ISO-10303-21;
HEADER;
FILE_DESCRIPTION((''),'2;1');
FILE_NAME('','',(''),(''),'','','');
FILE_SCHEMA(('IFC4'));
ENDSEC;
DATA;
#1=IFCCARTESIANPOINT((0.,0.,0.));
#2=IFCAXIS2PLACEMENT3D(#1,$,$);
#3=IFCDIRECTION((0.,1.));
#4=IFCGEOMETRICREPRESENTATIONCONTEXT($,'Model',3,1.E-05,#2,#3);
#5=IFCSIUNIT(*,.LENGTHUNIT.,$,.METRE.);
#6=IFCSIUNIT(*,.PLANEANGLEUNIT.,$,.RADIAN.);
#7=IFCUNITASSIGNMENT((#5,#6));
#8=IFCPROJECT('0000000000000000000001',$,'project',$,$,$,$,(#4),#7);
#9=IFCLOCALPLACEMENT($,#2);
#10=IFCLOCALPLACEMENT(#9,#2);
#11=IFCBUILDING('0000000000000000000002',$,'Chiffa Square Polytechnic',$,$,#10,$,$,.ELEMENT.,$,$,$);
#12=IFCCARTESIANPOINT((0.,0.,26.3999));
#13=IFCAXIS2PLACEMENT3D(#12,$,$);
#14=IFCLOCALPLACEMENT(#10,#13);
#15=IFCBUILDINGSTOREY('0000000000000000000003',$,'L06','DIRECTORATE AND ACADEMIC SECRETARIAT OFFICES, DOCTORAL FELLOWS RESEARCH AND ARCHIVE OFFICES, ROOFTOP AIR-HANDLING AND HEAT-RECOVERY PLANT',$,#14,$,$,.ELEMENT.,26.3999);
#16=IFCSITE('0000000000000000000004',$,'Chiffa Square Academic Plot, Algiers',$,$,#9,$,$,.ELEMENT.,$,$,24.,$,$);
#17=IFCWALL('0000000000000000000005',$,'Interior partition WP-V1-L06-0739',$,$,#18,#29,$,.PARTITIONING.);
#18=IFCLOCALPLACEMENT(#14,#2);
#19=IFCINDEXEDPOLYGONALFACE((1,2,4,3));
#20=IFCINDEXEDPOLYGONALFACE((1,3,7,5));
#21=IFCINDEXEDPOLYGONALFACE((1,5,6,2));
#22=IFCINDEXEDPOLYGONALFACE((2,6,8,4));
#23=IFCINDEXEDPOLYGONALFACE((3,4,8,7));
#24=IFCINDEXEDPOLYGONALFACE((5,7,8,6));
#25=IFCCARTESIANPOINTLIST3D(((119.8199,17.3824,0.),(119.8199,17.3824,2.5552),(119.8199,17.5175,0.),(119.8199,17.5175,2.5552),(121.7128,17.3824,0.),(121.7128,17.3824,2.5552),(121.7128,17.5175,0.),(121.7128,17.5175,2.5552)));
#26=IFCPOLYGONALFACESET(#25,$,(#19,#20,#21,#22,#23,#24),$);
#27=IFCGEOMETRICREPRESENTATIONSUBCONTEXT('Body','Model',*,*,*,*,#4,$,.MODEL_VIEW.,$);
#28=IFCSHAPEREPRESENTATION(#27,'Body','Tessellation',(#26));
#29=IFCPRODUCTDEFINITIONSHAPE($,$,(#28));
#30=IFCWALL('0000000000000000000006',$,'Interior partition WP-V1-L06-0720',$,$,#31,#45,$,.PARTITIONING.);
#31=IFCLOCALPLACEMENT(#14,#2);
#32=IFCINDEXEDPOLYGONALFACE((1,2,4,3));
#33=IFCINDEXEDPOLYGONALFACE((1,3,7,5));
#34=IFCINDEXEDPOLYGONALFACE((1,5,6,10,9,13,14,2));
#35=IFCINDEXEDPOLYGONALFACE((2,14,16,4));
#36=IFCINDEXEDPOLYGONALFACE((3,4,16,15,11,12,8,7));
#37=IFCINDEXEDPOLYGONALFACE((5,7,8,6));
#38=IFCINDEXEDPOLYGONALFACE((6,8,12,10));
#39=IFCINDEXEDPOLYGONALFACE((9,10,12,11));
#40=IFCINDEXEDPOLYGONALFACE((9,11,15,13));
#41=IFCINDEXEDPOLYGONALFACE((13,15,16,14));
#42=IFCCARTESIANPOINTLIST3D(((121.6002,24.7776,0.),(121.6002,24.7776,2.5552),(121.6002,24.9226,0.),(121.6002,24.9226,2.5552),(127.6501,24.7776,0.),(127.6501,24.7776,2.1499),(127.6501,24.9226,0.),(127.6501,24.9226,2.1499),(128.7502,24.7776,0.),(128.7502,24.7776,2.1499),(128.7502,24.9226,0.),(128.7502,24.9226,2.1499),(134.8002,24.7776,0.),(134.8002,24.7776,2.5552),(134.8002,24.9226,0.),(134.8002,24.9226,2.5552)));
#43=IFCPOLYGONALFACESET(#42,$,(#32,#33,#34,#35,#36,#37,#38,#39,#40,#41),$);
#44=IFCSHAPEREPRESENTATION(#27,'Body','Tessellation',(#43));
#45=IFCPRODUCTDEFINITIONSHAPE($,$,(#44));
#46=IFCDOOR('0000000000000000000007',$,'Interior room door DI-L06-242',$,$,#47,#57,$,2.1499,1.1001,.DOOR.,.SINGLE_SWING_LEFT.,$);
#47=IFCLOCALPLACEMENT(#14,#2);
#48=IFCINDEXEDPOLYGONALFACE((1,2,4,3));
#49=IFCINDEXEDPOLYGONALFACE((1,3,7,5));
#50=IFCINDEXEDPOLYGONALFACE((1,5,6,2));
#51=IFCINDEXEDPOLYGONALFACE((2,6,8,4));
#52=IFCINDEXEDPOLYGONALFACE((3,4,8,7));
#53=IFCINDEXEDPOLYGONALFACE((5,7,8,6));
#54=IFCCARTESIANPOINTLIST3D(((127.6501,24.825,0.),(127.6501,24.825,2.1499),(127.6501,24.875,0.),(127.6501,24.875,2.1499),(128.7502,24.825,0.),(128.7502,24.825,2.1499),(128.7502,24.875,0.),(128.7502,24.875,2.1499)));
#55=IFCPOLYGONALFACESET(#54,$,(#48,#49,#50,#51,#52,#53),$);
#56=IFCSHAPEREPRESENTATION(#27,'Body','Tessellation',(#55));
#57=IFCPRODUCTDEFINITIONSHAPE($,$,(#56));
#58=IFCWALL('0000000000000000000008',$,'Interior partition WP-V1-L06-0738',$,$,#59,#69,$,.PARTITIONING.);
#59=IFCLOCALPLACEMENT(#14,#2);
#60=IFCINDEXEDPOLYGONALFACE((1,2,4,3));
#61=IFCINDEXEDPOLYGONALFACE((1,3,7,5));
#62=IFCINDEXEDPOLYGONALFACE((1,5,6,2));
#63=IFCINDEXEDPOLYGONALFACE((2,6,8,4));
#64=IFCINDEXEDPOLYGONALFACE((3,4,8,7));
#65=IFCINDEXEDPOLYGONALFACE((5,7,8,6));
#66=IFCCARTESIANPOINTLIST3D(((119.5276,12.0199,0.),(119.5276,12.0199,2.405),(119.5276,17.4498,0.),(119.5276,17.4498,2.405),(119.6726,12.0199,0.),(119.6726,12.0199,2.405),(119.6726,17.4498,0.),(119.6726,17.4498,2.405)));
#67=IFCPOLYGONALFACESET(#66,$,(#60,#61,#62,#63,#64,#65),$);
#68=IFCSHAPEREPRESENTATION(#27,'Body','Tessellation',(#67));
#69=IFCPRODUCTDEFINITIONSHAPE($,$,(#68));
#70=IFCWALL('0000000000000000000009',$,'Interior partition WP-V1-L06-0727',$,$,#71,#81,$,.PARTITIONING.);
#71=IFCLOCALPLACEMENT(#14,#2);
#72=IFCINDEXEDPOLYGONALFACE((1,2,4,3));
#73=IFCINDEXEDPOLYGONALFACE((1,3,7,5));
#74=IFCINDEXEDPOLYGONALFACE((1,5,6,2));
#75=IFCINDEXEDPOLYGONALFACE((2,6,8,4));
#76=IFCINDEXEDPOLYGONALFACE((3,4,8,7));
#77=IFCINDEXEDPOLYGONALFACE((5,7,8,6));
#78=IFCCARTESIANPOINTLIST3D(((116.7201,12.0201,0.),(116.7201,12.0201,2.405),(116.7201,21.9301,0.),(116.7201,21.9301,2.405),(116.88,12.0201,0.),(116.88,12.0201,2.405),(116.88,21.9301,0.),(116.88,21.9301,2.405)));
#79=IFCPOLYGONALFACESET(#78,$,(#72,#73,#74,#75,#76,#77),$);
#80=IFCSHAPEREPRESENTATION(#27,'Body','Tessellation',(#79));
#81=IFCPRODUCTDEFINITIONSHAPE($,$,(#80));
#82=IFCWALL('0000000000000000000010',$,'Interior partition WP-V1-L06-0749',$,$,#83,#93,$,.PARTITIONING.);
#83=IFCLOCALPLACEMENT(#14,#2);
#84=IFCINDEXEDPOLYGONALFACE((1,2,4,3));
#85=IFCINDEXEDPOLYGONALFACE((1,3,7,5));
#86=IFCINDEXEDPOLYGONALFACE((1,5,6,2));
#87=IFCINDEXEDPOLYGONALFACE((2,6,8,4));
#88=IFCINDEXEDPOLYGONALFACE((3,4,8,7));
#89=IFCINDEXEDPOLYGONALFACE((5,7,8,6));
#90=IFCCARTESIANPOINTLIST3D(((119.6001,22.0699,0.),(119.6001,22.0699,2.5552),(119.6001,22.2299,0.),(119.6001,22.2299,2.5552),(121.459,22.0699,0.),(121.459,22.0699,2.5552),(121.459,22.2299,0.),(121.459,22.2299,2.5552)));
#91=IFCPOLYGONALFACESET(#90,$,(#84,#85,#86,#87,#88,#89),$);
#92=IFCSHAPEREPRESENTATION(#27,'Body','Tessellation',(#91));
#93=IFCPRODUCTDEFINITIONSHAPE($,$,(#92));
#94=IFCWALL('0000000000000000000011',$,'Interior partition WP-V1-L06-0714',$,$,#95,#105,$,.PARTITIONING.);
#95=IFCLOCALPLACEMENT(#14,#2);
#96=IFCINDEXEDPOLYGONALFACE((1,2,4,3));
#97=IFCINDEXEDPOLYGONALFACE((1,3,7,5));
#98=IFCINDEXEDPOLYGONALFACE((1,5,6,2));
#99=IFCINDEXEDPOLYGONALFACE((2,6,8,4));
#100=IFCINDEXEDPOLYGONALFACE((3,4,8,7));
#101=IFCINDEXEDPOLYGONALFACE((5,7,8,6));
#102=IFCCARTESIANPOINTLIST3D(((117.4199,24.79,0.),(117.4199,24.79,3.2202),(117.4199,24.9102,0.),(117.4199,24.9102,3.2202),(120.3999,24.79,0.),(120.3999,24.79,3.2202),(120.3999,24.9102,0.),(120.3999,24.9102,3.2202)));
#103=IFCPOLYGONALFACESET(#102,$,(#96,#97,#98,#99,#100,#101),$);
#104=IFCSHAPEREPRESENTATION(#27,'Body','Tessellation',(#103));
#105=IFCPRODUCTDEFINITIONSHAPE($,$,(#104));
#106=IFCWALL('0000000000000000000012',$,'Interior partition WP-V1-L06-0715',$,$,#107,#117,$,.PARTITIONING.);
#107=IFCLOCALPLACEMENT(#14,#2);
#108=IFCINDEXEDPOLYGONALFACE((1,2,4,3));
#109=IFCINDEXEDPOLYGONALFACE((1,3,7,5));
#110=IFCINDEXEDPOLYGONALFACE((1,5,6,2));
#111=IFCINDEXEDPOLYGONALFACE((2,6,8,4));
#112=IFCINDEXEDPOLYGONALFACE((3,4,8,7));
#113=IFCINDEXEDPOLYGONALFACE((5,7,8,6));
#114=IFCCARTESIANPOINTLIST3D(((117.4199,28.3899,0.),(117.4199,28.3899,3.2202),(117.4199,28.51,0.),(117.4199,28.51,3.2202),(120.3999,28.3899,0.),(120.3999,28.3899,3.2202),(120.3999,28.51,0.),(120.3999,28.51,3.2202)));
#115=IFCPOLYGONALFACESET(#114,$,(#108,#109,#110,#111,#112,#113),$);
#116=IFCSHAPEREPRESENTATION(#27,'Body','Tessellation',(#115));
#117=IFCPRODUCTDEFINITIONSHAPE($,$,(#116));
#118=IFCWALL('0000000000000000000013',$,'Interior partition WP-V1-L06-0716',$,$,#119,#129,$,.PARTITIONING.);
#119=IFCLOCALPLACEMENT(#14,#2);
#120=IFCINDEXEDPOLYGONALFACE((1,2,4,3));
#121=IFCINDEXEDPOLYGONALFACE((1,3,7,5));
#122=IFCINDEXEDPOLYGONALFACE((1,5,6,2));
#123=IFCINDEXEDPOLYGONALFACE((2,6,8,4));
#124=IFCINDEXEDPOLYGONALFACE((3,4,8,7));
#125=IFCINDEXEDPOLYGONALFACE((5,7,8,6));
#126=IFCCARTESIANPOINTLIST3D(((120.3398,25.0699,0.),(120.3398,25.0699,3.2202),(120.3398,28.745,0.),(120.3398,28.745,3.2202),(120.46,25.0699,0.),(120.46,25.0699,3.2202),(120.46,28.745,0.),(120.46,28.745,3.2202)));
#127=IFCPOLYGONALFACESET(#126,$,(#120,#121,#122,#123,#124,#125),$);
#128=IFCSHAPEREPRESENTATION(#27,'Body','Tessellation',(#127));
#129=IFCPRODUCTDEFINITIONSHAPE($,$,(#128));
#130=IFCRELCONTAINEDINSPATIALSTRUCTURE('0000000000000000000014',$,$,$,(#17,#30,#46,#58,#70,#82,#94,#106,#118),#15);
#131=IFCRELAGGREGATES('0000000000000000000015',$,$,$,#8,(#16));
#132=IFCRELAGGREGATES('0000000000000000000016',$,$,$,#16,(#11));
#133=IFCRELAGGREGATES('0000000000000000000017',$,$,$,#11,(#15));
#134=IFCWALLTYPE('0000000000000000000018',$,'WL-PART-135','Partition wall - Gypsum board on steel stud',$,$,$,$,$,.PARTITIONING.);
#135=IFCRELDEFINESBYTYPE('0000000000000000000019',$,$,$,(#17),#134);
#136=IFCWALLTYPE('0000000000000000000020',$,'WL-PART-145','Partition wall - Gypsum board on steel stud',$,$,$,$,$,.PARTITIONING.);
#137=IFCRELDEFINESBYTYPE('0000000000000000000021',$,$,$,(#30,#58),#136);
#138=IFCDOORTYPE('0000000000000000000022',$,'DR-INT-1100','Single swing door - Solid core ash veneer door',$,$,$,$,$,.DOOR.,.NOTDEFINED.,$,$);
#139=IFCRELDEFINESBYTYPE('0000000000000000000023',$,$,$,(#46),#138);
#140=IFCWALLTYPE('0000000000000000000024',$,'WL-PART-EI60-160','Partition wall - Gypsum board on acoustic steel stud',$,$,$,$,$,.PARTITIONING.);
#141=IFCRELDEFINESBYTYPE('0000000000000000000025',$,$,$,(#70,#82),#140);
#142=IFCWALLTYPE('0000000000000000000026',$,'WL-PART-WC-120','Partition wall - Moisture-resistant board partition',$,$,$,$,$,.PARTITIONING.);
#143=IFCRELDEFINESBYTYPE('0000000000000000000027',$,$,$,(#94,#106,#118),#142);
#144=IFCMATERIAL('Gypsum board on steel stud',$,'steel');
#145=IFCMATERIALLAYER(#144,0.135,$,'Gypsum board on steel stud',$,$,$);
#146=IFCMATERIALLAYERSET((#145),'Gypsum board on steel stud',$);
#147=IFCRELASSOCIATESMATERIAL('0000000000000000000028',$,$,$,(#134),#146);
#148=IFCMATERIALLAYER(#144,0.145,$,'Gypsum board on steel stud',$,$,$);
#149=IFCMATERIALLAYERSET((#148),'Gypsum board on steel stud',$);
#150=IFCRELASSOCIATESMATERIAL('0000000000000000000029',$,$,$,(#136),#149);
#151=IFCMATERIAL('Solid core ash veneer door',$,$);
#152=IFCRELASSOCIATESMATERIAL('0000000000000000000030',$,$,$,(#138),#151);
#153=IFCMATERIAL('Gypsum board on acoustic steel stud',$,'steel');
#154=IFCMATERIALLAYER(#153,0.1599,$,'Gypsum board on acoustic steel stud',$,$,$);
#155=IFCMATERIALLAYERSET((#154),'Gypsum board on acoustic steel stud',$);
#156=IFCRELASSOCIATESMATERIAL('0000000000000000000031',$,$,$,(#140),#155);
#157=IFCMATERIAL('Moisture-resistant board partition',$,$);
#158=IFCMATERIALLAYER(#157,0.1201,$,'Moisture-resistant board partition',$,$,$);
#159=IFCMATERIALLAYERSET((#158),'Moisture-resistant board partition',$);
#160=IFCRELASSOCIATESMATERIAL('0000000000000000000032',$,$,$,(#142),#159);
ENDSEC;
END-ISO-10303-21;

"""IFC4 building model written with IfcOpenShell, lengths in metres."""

from ifc_helpers import new_model, si_unit, direction, frame, frame_2d, origin, place, context, subcontext, project, spatial, rectangle, extrude, material, layer, layer_set, type_object, element, fill, save


model = new_model("IFC4")

# Units and contexts
model_context = context("Model", 3, precision=1e-05, world=origin(), true_north=direction((0.0, 1.0)))
body_context = subcontext(model_context, "Body", "Model", "MODEL_VIEW")
ifc_project = project(units=[si_unit("LENGTHUNIT", "METRE"), si_unit("PLANEANGLEUNIT", "RADIAN")], contexts=[model_context])

# Site, building, storey
site_placement = place(None, origin())
site = spatial("IfcSite", under=ifc_project, at=site_placement, Name="Chiffa Square Academic Plot, Algiers", CompositionType="ELEMENT", RefElevation=24.0)
building_placement = place(site_placement, origin())
building = spatial("IfcBuilding", under=site, at=building_placement, Name="Chiffa Square Polytechnic", CompositionType="ELEMENT")
storey_placement = place(building_placement, frame((0.0, 0.0, 26.3999)))
storey = spatial("IfcBuildingStorey", under=building, at=storey_placement, Name="L06", Description="DIRECTORATE AND ACADEMIC SECRETARIAT OFFICES, DOCTORAL FELLOWS RESEARCH AND ARCHIVE OFFICES, ROOFTOP AIR-HANDLING AND HEAT-RECOVERY PLANT", CompositionType="ELEMENT", Elevation=26.3999)

# Wall
ifc_material_1 = material(Name="Gypsum board on steel stud", Category="steel")
ifc_layer_1 = layer(ifc_material_1, 0.135, Name="Gypsum board on steel stud")
ifc_layer_set_1 = layer_set([ifc_layer_1], Name="Gypsum board on steel stud")
wall_type_1 = type_object("IfcWallType", Name="WL-PART-135", Description="Partition wall - Gypsum board on steel stud", PredefinedType="PARTITIONING", material=ifc_layer_set_1)
wall_1_placement = place(storey_placement, frame((119.8201, 17.45, 0.0), z_axis=(0.0, 0.0, 1.0), x_axis=(1.0, 0.0, 0.0)))
element("IfcWall", 1, at=wall_1_placement, inside=storey, type_object=wall_type_1, Name="Interior partition WP-V1-L06-0739", PredefinedType="PARTITIONING", context=body_context, shape_type="SweptSolid", body=[
    extrude(rectangle(XDim=1.8928, YDim=0.135, at=frame_2d((0.9463, 0.0))), origin(), (0.0, 0.0, 1.0), 2.5552),
])

# Wall, opening, door
ifc_layer_2 = layer(ifc_material_1, 0.145, Name="Gypsum board on steel stud")
ifc_layer_set_2 = layer_set([ifc_layer_2], Name="Gypsum board on steel stud")
wall_type_2 = type_object("IfcWallType", Name="WL-PART-145", Description="Partition wall - Gypsum board on steel stud", PredefinedType="PARTITIONING", material=ifc_layer_set_2)
wall_2_placement = place(storey_placement, frame((121.6001, 24.8501, 0.0), z_axis=(0.0, 0.0, 1.0), x_axis=(1.0, 0.0, 0.0)))
wall_2 = element("IfcWall", 2, at=wall_2_placement, inside=storey, type_object=wall_type_2, Name="Interior partition WP-V1-L06-0720", PredefinedType="PARTITIONING", context=body_context, shape_type="SweptSolid", body=[
    extrude(rectangle(XDim=13.2, YDim=0.145, at=frame_2d((6.6001, 0.0))), origin(), (0.0, 0.0, 1.0), 2.5552),
])
opening_1_placement = place(wall_2_placement, frame((6.05, 0.0, 0.0)))
opening_1 = element("IfcOpeningElement", 3, at=opening_1_placement, cuts=wall_2, PredefinedType="OPENING", context=body_context, shape_type="SweptSolid", body=[
    extrude(rectangle(XDim=1.1001, YDim=2.1499, at=frame_2d((0.55, 1.075))), frame((0.0, 0.0825, 0.0), z_axis=(0.0, -1.0, 0.0), x_axis=(1.0, 0.0, 0.0)), (0.0, 0.0, 1.0), 0.165),
])
ifc_material_2 = material(Name="Solid core ash veneer door")
door_type_1 = type_object("IfcDoorType", Name="DR-INT-1100", Description="Single swing door - Solid core ash veneer door", OperationType="NOTDEFINED", PredefinedType="DOOR", material=ifc_material_2)
door_1_placement = place(opening_1_placement, origin())
door_1 = element("IfcDoor", 4, at=door_1_placement, inside=storey, type_object=door_type_1, Name="Interior room door DI-L06-242", OperationType="SINGLE_SWING_LEFT", OverallHeight=2.1499, OverallWidth=1.1001, PredefinedType="DOOR", context=body_context, shape_type="SweptSolid", body=[
    extrude(rectangle(XDim=1.1001, YDim=2.1499, at=frame_2d((0.55, 1.075))), frame((0.0, 0.0249, 0.0), z_axis=(0.0, -1.0, 0.0), x_axis=(1.0, 0.0, 0.0)), (0.0, 0.0, 1.0), 0.05),
])
fill(opening_1, door_1)

# Walls
wall_3_placement = place(storey_placement, frame((119.6001, 12.02, 0.0), z_axis=(0.0, 0.0, 1.0), x_axis=(0.0, 1.0, 0.0)))
element("IfcWall", 5, at=wall_3_placement, inside=storey, type_object=wall_type_2, Name="Interior partition WP-V1-L06-0738", PredefinedType="PARTITIONING", context=body_context, shape_type="SweptSolid", body=[
    extrude(rectangle(XDim=5.4299, YDim=0.145, at=frame_2d((2.7148, 0.0))), origin(), (0.0, 0.0, 1.0), 2.405),
])
ifc_material_3 = material(Name="Gypsum board on acoustic steel stud", Category="steel")
ifc_layer_3 = layer(ifc_material_3, 0.1599, Name="Gypsum board on acoustic steel stud")
ifc_layer_set_3 = layer_set([ifc_layer_3], Name="Gypsum board on acoustic steel stud")
wall_type_3 = type_object("IfcWallType", Name="WL-PART-EI60-160", Description="Partition wall - Gypsum board on acoustic steel stud", PredefinedType="PARTITIONING", material=ifc_layer_set_3)
wall_4_placement = place(storey_placement, frame((116.8, 12.02, 0.0), z_axis=(0.0, 0.0, 1.0), x_axis=(0.0, 1.0, 0.0)))
element("IfcWall", 6, at=wall_4_placement, inside=storey, type_object=wall_type_3, Name="Interior partition WP-V1-L06-0727", PredefinedType="PARTITIONING", context=body_context, shape_type="SweptSolid", body=[
    extrude(rectangle(XDim=9.9099, YDim=0.1599, at=frame_2d((4.9551, 0.0))), origin(), (0.0, 0.0, 1.0), 2.405),
])
wall_5_placement = place(storey_placement, frame((119.6001, 22.1499, 0.0), z_axis=(0.0, 0.0, 1.0), x_axis=(1.0, 0.0, 0.0)))
element("IfcWall", 7, at=wall_5_placement, inside=storey, type_object=wall_type_3, Name="Interior partition WP-V1-L06-0749", PredefinedType="PARTITIONING", context=body_context, shape_type="SweptSolid", body=[
    extrude(rectangle(XDim=1.8589, YDim=0.1599, at=frame_2d((0.9294, 0.0))), origin(), (0.0, 0.0, 1.0), 2.5552),
])

# Shared definitions
ifc_material_4 = material(Name="Moisture-resistant board partition")
ifc_layer_4 = layer(ifc_material_4, 0.1201, Name="Moisture-resistant board partition")
ifc_layer_set_4 = layer_set([ifc_layer_4], Name="Moisture-resistant board partition")
wall_type_4 = type_object("IfcWallType", Name="WL-PART-WC-120", Description="Partition wall - Moisture-resistant board partition", PredefinedType="PARTITIONING", material=ifc_layer_set_4)

# Walls
for number, where, z_axis, x_axis, name in (
    (8, (117.4199, 24.8501, 0.0), (0.0, 0.0, 1.0), (1.0, 0.0, 0.0), "Interior partition WP-V1-L06-0714"),
    (9, (117.4199, 28.45, 0.0), (0.0, 0.0, 1.0), (1.0, 0.0, 0.0), "Interior partition WP-V1-L06-0715"),
):
    element("IfcWall", number, at=place(storey_placement, frame(where, z_axis=z_axis, x_axis=x_axis)), inside=storey, type_object=wall_type_4, Name=name, PredefinedType="PARTITIONING", context=body_context, shape_type="SweptSolid", body=[
        extrude(rectangle(XDim=2.98, YDim=0.1201, at=frame_2d((1.49, 0.0))), origin(), (0.0, 0.0, 1.0), 3.2202),
    ])
wall_6_placement = place(storey_placement, frame((120.3999, 25.0701, 0.0), z_axis=(0.0, 0.0, 1.0), x_axis=(0.0, 1.0, 0.0)))
element("IfcWall", 10, at=wall_6_placement, inside=storey, type_object=wall_type_4, Name="Interior partition WP-V1-L06-0716", PredefinedType="PARTITIONING", context=body_context, shape_type="SweptSolid", body=[
    extrude(rectangle(XDim=3.675, YDim=0.1201, at=frame_2d((1.8374, 0.0))), origin(), (0.0, 0.0, 1.0), 3.2202),
])

save(model, "model.ifc")
